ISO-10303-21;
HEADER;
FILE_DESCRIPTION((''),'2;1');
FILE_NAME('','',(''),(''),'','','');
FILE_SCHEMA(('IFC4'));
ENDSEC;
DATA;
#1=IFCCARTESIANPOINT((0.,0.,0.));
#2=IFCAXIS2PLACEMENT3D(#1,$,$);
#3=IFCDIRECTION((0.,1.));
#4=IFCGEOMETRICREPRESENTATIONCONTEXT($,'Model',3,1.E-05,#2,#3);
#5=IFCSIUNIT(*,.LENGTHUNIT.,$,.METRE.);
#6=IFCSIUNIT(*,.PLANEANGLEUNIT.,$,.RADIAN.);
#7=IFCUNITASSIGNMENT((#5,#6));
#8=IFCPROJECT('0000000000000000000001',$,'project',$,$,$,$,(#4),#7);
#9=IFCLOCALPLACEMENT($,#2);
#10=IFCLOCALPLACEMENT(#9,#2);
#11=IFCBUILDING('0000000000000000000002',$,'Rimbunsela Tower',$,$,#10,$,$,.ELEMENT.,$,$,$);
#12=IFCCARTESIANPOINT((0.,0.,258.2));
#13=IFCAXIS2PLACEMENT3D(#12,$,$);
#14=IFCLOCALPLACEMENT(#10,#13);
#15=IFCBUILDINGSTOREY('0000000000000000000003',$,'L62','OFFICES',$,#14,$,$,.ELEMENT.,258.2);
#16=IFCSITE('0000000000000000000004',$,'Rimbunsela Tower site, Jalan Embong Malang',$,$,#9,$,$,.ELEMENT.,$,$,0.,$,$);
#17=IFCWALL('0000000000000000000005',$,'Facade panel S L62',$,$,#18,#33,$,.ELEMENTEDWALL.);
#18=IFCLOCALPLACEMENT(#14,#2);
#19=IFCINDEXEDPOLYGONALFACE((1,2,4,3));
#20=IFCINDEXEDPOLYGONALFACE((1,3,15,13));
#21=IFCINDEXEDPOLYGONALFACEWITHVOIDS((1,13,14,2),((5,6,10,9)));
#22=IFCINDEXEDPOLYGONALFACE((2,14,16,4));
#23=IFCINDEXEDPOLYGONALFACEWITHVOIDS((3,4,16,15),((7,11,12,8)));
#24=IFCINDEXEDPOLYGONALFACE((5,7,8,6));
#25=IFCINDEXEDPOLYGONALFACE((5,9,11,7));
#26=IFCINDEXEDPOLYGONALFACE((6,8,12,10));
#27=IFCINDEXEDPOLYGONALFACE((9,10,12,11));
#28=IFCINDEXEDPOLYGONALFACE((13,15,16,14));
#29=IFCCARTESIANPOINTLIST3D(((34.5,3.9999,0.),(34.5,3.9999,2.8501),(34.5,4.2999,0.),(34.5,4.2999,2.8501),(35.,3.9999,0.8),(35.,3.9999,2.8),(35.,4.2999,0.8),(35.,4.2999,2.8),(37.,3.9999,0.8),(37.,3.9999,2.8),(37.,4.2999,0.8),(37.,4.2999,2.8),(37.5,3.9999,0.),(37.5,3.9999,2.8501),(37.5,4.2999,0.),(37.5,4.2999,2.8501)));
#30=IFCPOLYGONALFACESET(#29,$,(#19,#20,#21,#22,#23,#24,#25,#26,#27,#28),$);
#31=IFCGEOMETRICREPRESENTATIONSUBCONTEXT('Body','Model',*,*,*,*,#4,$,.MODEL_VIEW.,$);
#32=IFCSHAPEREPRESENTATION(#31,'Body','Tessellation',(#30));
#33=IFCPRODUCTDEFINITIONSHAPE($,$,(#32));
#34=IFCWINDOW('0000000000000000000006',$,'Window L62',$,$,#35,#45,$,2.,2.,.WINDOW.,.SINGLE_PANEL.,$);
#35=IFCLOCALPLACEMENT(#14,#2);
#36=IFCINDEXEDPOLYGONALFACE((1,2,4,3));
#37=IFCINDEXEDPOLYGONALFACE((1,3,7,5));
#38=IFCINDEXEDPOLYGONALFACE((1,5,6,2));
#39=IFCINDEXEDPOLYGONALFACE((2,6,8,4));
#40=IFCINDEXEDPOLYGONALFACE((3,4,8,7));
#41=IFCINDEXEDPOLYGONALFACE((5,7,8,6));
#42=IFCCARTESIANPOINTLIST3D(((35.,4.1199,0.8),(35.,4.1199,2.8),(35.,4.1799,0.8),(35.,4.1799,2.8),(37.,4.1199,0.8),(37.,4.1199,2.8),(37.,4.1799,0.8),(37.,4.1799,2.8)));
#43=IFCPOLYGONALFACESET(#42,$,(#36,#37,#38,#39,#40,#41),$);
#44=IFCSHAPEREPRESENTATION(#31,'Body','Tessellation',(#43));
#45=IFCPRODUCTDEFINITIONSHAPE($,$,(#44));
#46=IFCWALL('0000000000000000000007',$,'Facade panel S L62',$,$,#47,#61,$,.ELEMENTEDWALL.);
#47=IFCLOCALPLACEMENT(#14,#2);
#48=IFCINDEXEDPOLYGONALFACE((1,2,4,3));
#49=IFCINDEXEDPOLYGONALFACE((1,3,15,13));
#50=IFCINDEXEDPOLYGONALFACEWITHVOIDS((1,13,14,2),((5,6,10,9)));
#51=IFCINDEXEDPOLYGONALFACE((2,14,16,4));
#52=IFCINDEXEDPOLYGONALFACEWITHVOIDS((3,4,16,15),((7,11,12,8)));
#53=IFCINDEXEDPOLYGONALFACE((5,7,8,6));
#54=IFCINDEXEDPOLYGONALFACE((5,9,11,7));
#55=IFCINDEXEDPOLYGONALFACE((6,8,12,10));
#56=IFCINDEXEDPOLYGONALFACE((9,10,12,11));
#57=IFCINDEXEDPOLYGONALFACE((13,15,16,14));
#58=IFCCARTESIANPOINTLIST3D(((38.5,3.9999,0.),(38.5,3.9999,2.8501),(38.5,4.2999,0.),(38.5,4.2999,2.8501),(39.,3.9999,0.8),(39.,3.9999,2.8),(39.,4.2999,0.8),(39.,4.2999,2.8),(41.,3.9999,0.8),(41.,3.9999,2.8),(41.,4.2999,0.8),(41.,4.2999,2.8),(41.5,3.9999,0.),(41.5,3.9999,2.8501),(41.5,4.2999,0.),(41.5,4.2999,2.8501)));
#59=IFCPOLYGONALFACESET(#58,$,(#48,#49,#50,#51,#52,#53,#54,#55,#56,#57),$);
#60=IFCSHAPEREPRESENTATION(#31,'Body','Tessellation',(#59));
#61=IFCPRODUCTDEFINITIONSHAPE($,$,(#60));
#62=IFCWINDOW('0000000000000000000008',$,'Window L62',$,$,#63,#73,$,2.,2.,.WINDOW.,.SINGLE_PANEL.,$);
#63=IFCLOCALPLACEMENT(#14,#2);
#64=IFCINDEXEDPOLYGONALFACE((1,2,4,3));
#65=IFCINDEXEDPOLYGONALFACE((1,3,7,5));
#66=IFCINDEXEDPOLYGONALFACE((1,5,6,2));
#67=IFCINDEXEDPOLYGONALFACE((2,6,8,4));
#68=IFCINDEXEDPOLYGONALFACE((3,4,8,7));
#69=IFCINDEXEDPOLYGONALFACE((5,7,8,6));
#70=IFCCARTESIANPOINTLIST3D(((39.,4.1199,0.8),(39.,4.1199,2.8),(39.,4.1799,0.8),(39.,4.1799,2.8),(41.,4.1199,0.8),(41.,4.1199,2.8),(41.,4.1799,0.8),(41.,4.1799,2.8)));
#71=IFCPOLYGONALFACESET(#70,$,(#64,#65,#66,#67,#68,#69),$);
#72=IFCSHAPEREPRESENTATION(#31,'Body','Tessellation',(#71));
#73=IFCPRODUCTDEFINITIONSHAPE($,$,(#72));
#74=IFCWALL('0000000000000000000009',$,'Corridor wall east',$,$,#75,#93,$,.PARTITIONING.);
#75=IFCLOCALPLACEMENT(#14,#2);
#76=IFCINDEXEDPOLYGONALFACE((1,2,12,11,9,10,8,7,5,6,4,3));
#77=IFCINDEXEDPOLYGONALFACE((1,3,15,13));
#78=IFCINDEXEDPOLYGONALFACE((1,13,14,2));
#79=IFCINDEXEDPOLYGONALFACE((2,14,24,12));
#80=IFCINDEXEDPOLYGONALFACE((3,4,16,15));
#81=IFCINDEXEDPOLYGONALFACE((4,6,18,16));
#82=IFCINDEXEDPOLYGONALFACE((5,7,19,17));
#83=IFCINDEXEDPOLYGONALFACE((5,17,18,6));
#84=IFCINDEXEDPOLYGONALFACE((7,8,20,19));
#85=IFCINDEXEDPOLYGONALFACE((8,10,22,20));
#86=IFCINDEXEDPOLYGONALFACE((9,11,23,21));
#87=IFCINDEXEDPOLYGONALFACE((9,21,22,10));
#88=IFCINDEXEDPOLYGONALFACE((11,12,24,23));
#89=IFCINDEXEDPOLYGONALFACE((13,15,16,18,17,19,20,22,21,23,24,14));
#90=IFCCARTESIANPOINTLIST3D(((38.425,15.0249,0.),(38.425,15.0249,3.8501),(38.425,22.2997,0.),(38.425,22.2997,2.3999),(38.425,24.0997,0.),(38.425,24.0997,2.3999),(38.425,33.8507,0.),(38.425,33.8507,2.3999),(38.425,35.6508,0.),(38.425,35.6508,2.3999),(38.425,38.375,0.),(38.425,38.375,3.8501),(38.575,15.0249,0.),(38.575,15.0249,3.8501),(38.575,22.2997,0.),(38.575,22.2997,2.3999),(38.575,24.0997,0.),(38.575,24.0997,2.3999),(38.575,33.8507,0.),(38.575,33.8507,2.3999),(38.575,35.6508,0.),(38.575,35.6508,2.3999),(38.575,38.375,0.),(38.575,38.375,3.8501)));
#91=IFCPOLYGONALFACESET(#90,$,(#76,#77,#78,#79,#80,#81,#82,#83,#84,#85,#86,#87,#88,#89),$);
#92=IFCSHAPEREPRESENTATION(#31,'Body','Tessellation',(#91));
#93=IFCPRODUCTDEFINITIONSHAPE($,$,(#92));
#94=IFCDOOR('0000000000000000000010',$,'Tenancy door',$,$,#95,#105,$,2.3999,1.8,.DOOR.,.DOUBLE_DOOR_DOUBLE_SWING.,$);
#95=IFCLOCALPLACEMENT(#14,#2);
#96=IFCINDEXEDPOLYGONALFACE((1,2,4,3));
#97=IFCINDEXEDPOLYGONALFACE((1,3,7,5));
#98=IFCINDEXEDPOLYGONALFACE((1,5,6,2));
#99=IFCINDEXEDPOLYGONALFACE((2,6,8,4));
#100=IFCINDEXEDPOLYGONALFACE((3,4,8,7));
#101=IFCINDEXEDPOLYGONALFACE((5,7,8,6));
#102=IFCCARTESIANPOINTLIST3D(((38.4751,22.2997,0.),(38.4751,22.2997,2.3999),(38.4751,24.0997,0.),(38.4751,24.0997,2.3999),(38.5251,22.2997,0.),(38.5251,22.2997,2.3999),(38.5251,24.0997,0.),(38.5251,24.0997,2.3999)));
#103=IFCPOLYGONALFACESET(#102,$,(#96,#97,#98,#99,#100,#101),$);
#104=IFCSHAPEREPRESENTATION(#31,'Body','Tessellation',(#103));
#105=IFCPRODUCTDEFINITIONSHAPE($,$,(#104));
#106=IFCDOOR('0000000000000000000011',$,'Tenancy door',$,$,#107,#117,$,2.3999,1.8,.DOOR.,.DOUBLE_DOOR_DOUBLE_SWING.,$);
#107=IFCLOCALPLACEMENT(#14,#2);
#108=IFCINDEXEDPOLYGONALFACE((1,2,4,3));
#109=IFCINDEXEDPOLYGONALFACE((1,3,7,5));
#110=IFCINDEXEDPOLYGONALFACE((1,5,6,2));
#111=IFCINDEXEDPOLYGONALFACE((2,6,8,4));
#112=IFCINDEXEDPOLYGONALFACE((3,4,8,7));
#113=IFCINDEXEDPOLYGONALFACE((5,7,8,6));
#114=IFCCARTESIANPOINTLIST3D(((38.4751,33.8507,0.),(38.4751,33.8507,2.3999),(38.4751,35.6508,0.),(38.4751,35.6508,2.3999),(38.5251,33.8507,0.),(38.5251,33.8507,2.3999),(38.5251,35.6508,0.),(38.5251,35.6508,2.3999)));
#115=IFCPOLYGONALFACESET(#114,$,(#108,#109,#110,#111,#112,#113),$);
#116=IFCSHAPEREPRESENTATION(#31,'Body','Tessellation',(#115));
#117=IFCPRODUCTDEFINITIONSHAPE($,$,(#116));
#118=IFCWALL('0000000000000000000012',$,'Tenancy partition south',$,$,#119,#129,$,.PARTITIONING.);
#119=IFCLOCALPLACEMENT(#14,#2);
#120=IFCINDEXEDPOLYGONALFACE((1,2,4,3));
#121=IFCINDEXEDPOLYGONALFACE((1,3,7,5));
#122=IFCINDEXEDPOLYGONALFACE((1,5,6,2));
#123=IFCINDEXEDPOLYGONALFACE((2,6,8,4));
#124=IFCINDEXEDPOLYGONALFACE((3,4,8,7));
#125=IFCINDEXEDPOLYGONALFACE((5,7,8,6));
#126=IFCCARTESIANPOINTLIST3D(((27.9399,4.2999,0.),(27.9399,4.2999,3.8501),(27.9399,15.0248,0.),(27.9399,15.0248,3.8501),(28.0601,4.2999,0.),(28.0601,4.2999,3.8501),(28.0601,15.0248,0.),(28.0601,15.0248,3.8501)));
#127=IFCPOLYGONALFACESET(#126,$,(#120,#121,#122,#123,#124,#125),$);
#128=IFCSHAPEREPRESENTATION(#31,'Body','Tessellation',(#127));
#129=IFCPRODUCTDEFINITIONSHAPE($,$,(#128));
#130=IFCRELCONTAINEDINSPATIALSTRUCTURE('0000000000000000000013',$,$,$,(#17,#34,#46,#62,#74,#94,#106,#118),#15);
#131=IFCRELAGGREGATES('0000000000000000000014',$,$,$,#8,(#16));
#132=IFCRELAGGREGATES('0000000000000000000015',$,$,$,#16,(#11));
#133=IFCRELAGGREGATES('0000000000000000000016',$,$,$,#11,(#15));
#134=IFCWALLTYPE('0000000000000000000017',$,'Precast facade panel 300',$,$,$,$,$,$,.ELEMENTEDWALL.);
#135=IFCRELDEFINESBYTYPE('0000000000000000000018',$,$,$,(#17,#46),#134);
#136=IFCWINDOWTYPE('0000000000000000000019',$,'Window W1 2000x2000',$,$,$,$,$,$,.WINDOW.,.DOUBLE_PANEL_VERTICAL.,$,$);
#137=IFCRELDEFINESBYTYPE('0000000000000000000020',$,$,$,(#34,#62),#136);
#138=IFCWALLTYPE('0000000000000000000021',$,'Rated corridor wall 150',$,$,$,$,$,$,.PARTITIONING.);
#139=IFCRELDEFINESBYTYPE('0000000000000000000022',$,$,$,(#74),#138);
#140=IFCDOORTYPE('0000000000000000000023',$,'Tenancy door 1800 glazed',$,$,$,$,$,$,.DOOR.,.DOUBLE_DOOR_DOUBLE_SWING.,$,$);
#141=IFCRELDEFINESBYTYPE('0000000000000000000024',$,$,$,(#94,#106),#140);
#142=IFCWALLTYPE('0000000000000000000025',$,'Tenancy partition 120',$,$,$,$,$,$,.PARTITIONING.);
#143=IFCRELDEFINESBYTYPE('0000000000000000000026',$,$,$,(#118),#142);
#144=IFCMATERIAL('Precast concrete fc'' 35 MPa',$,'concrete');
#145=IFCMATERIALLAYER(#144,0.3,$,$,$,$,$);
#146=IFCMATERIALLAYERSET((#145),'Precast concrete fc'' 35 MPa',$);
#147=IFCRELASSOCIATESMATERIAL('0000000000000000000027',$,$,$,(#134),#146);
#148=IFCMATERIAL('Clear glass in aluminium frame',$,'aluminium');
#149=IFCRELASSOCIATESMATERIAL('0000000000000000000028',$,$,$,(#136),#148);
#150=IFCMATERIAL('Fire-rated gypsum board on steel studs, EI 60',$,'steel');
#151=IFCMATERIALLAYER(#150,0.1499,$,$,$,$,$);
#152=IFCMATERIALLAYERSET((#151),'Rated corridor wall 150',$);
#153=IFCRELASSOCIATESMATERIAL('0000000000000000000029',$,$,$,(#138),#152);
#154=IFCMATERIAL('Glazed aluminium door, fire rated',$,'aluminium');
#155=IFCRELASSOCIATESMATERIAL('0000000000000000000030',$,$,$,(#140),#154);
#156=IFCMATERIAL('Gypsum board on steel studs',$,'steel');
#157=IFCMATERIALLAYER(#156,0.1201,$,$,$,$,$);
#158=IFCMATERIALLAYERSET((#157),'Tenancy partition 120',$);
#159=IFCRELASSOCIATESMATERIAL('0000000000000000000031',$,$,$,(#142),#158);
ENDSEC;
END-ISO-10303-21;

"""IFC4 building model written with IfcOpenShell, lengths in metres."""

from ifc_helpers import new_model, si_unit, direction, frame, frame_2d, origin, place, context, subcontext, project, spatial, rectangle, extrude, material, layer, layer_set, type_object, element, fill, save


model = new_model("IFC4")

# Units and contexts
model_context = context("Model", 3, precision=1e-05, world=origin(), true_north=direction((0.0, 1.0)))
body_context = subcontext(model_context, "Body", "Model", "MODEL_VIEW")
ifc_project = project(units=[si_unit("LENGTHUNIT", "METRE"), si_unit("PLANEANGLEUNIT", "RADIAN")], contexts=[model_context])

# Site, building, storey
site_placement = place(None, origin())
site = spatial("IfcSite", under=ifc_project, at=site_placement, Name="Rimbunsela Tower site, Jalan Embong Malang", CompositionType="ELEMENT", RefElevation=0.0)
building_placement = place(site_placement, origin())
building = spatial("IfcBuilding", under=site, at=building_placement, Name="Rimbunsela Tower", CompositionType="ELEMENT")
storey_placement = place(building_placement, frame((0.0, 0.0, 258.2)))
storey = spatial("IfcBuildingStorey", under=building, at=storey_placement, Name="L62", Description="OFFICES", CompositionType="ELEMENT", Elevation=258.2)

# Walls, openings, windows
ifc_material_1 = material(Name="Precast concrete fc' 35 MPa", Category="concrete")
ifc_layer_1 = layer(ifc_material_1, 0.3)
ifc_layer_set_1 = layer_set([ifc_layer_1], Name="Precast concrete fc' 35 MPa")
wall_type_1 = type_object("IfcWallType", Name="Precast facade panel 300", PredefinedType="ELEMENTEDWALL", material=ifc_layer_set_1)
wall_1_placement = place(storey_placement, frame((34.5, 4.1499, 0.0), z_axis=(0.0, 0.0, 1.0), x_axis=(1.0, 0.0, 0.0)))
wall_1 = element("IfcWall", 1, at=wall_1_placement, inside=storey, type_object=wall_type_1, Name="Facade panel S L62", PredefinedType="ELEMENTEDWALL", context=body_context, shape_type="SweptSolid", body=[
    extrude(rectangle(XDim=3.0, YDim=0.3, at=frame_2d((1.5, 0.0))), origin(), (0.0, 0.0, 1.0), 2.8501),
])
opening_1_placement = place(wall_1_placement, frame((0.5, 0.0, 0.8)))
opening_1 = element("IfcOpeningElement", 2, at=opening_1_placement, cuts=wall_1, PredefinedType="OPENING", context=body_context, shape_type="SweptSolid", body=[
    extrude(rectangle(XDim=2.0, YDim=2.0, at=frame_2d((1.0, 1.0))), frame((0.0, 0.1599, 0.0), z_axis=(0.0, -1.0, 0.0), x_axis=(1.0, 0.0, 0.0)), (0.0, 0.0, 1.0), 0.3201),
])
ifc_material_2 = material(Name="Clear glass in aluminium frame", Category="aluminium")
window_type = type_object("IfcWindowType", Name="Window W1 2000x2000", PartitioningType="DOUBLE_PANEL_VERTICAL", PredefinedType="WINDOW", material=ifc_material_2)
window_1_placement = place(opening_1_placement, origin())
window_1 = element("IfcWindow", 3, at=window_1_placement, inside=storey, type_object=window_type, Name="Window L62", OverallHeight=2.0, OverallWidth=2.0, PartitioningType="SINGLE_PANEL", PredefinedType="WINDOW", context=body_context, shape_type="SweptSolid", body=[
    extrude(rectangle(XDim=2.0, YDim=2.0, at=frame_2d((1.0, 1.0))), frame((0.0, 0.03, 0.0), z_axis=(0.0, -1.0, 0.0), x_axis=(1.0, 0.0, 0.0)), (0.0, 0.0, 1.0), 0.0601),
])
fill(opening_1, window_1)
wall_2_placement = place(storey_placement, frame((38.5, 4.1499, 0.0), z_axis=(0.0, 0.0, 1.0), x_axis=(1.0, 0.0, 0.0)))
wall_2 = element("IfcWall", 4, at=wall_2_placement, inside=storey, type_object=wall_type_1, Name="Facade panel S L62", PredefinedType="ELEMENTEDWALL", context=body_context, shape_type="SweptSolid", body=[
    extrude(rectangle(XDim=3.0, YDim=0.3, at=frame_2d((1.5, 0.0))), origin(), (0.0, 0.0, 1.0), 2.8501),
])
opening_2_placement = place(wall_2_placement, frame((0.5, 0.0, 0.8)))
opening_2 = element("IfcOpeningElement", 5, at=opening_2_placement, cuts=wall_2, PredefinedType="OPENING", context=body_context, shape_type="SweptSolid", body=[
    extrude(rectangle(XDim=2.0, YDim=2.0, at=frame_2d((1.0, 1.0))), frame((0.0, 0.1599, 0.0), z_axis=(0.0, -1.0, 0.0), x_axis=(1.0, 0.0, 0.0)), (0.0, 0.0, 1.0), 0.3201),
])
window_2_placement = place(opening_2_placement, origin())
window_2 = element("IfcWindow", 6, at=window_2_placement, inside=storey, type_object=window_type, Name="Window L62", OverallHeight=2.0, OverallWidth=2.0, PartitioningType="SINGLE_PANEL", PredefinedType="WINDOW", context=body_context, shape_type="SweptSolid", body=[
    extrude(rectangle(XDim=2.0, YDim=2.0, at=frame_2d((1.0, 1.0))), frame((0.0, 0.03, 0.0), z_axis=(0.0, -1.0, 0.0), x_axis=(1.0, 0.0, 0.0)), (0.0, 0.0, 1.0), 0.0601),
])
fill(opening_2, window_2)

# Wall, openings, doors
ifc_material_3 = material(Name="Fire-rated gypsum board on steel studs, EI 60", Category="steel")
ifc_layer_2 = layer(ifc_material_3, 0.1499)
ifc_layer_set_2 = layer_set([ifc_layer_2], Name="Rated corridor wall 150")
wall_type_2 = type_object("IfcWallType", Name="Rated corridor wall 150", PredefinedType="PARTITIONING", material=ifc_layer_set_2)
wall_3_placement = place(storey_placement, frame((38.5, 15.0249, 0.0), z_axis=(0.0, 0.0, 1.0), x_axis=(0.0, 1.0, 0.0)))
wall_3 = element("IfcWall", 7, at=wall_3_placement, inside=storey, type_object=wall_type_2, Name="Corridor wall east", PredefinedType="PARTITIONING", context=body_context, shape_type="SweptSolid", body=[
    extrude(rectangle(XDim=23.3501, YDim=0.1499, at=frame_2d((11.675, 0.0))), origin(), (0.0, 0.0, 1.0), 3.8501),
])
opening_3_placement = place(wall_3_placement, frame((7.2749, 0.0, 0.0)))
opening_3 = element("IfcOpeningElement", 8, at=opening_3_placement, cuts=wall_3, PredefinedType="OPENING", context=body_context, shape_type="SweptSolid", body=[
    extrude(rectangle(XDim=1.8, YDim=2.3999, at=frame_2d((0.8999, 1.2))), frame((0.0, 0.085, 0.0), z_axis=(0.0, -1.0, 0.0), x_axis=(1.0, 0.0, 0.0)), (0.0, 0.0, 1.0), 0.1699),
])
opening_4_placement = place(wall_3_placement, frame((18.8259, 0.0, 0.0)))
opening_4 = element("IfcOpeningElement", 9, at=opening_4_placement, cuts=wall_3, PredefinedType="OPENING", context=body_context, shape_type="SweptSolid", body=[
    extrude(rectangle(XDim=1.8, YDim=2.3999, at=frame_2d((0.8999, 1.2))), frame((0.0, 0.085, 0.0), z_axis=(0.0, -1.0, 0.0), x_axis=(1.0, 0.0, 0.0)), (0.0, 0.0, 1.0), 0.1699),
])
ifc_material_4 = material(Name="Glazed aluminium door, fire rated", Category="aluminium")
door_type_1 = type_object("IfcDoorType", Name="Tenancy door 1800 glazed", OperationType="DOUBLE_DOOR_DOUBLE_SWING", PredefinedType="DOOR", material=ifc_material_4)
door_1_placement = place(opening_3_placement, origin())
door_1 = element("IfcDoor", 10, at=door_1_placement, inside=storey, type_object=door_type_1, Name="Tenancy door", OperationType="DOUBLE_DOOR_DOUBLE_SWING", OverallHeight=2.3999, OverallWidth=1.8, PredefinedType="DOOR", context=body_context, shape_type="SweptSolid", body=[
    extrude(rectangle(XDim=1.8, YDim=2.3999, at=frame_2d((0.8999, 1.2))), frame((0.0, 0.0249, 0.0), z_axis=(0.0, -1.0, 0.0), x_axis=(1.0, 0.0, 0.0)), (0.0, 0.0, 1.0), 0.05),
])
fill(opening_3, door_1)
door_2_placement = place(opening_4_placement, origin())
door_2 = element("IfcDoor", 11, at=door_2_placement, inside=storey, type_object=door_type_1, Name="Tenancy door", OperationType="DOUBLE_DOOR_DOUBLE_SWING", OverallHeight=2.3999, OverallWidth=1.8, PredefinedType="DOOR", context=body_context, shape_type="SweptSolid", body=[
    extrude(rectangle(XDim=1.8, YDim=2.3999, at=frame_2d((0.8999, 1.2))), frame((0.0, 0.0249, 0.0), z_axis=(0.0, -1.0, 0.0), x_axis=(1.0, 0.0, 0.0)), (0.0, 0.0, 1.0), 0.05),
])
fill(opening_4, door_2)

# Wall
ifc_material_5 = material(Name="Gypsum board on steel studs", Category="steel")
ifc_layer_3 = layer(ifc_material_5, 0.1201)
ifc_layer_set_3 = layer_set([ifc_layer_3], Name="Tenancy partition 120")
wall_type_3 = type_object("IfcWallType", Name="Tenancy partition 120", PredefinedType="PARTITIONING", material=ifc_layer_set_3)
wall_4_placement = place(storey_placement, frame((28.0, 4.3, 0.0), z_axis=(0.0, 0.0, 1.0), x_axis=(0.0, 1.0, 0.0)))
element("IfcWall", 12, at=wall_4_placement, inside=storey, type_object=wall_type_3, Name="Tenancy partition south", PredefinedType="PARTITIONING", context=body_context, shape_type="SweptSolid", body=[
    extrude(rectangle(XDim=10.7249, YDim=0.1201, at=frame_2d((5.3623, 0.0))), origin(), (0.0, 0.0, 1.0), 3.8501),
])

save(model, "model.ifc")
